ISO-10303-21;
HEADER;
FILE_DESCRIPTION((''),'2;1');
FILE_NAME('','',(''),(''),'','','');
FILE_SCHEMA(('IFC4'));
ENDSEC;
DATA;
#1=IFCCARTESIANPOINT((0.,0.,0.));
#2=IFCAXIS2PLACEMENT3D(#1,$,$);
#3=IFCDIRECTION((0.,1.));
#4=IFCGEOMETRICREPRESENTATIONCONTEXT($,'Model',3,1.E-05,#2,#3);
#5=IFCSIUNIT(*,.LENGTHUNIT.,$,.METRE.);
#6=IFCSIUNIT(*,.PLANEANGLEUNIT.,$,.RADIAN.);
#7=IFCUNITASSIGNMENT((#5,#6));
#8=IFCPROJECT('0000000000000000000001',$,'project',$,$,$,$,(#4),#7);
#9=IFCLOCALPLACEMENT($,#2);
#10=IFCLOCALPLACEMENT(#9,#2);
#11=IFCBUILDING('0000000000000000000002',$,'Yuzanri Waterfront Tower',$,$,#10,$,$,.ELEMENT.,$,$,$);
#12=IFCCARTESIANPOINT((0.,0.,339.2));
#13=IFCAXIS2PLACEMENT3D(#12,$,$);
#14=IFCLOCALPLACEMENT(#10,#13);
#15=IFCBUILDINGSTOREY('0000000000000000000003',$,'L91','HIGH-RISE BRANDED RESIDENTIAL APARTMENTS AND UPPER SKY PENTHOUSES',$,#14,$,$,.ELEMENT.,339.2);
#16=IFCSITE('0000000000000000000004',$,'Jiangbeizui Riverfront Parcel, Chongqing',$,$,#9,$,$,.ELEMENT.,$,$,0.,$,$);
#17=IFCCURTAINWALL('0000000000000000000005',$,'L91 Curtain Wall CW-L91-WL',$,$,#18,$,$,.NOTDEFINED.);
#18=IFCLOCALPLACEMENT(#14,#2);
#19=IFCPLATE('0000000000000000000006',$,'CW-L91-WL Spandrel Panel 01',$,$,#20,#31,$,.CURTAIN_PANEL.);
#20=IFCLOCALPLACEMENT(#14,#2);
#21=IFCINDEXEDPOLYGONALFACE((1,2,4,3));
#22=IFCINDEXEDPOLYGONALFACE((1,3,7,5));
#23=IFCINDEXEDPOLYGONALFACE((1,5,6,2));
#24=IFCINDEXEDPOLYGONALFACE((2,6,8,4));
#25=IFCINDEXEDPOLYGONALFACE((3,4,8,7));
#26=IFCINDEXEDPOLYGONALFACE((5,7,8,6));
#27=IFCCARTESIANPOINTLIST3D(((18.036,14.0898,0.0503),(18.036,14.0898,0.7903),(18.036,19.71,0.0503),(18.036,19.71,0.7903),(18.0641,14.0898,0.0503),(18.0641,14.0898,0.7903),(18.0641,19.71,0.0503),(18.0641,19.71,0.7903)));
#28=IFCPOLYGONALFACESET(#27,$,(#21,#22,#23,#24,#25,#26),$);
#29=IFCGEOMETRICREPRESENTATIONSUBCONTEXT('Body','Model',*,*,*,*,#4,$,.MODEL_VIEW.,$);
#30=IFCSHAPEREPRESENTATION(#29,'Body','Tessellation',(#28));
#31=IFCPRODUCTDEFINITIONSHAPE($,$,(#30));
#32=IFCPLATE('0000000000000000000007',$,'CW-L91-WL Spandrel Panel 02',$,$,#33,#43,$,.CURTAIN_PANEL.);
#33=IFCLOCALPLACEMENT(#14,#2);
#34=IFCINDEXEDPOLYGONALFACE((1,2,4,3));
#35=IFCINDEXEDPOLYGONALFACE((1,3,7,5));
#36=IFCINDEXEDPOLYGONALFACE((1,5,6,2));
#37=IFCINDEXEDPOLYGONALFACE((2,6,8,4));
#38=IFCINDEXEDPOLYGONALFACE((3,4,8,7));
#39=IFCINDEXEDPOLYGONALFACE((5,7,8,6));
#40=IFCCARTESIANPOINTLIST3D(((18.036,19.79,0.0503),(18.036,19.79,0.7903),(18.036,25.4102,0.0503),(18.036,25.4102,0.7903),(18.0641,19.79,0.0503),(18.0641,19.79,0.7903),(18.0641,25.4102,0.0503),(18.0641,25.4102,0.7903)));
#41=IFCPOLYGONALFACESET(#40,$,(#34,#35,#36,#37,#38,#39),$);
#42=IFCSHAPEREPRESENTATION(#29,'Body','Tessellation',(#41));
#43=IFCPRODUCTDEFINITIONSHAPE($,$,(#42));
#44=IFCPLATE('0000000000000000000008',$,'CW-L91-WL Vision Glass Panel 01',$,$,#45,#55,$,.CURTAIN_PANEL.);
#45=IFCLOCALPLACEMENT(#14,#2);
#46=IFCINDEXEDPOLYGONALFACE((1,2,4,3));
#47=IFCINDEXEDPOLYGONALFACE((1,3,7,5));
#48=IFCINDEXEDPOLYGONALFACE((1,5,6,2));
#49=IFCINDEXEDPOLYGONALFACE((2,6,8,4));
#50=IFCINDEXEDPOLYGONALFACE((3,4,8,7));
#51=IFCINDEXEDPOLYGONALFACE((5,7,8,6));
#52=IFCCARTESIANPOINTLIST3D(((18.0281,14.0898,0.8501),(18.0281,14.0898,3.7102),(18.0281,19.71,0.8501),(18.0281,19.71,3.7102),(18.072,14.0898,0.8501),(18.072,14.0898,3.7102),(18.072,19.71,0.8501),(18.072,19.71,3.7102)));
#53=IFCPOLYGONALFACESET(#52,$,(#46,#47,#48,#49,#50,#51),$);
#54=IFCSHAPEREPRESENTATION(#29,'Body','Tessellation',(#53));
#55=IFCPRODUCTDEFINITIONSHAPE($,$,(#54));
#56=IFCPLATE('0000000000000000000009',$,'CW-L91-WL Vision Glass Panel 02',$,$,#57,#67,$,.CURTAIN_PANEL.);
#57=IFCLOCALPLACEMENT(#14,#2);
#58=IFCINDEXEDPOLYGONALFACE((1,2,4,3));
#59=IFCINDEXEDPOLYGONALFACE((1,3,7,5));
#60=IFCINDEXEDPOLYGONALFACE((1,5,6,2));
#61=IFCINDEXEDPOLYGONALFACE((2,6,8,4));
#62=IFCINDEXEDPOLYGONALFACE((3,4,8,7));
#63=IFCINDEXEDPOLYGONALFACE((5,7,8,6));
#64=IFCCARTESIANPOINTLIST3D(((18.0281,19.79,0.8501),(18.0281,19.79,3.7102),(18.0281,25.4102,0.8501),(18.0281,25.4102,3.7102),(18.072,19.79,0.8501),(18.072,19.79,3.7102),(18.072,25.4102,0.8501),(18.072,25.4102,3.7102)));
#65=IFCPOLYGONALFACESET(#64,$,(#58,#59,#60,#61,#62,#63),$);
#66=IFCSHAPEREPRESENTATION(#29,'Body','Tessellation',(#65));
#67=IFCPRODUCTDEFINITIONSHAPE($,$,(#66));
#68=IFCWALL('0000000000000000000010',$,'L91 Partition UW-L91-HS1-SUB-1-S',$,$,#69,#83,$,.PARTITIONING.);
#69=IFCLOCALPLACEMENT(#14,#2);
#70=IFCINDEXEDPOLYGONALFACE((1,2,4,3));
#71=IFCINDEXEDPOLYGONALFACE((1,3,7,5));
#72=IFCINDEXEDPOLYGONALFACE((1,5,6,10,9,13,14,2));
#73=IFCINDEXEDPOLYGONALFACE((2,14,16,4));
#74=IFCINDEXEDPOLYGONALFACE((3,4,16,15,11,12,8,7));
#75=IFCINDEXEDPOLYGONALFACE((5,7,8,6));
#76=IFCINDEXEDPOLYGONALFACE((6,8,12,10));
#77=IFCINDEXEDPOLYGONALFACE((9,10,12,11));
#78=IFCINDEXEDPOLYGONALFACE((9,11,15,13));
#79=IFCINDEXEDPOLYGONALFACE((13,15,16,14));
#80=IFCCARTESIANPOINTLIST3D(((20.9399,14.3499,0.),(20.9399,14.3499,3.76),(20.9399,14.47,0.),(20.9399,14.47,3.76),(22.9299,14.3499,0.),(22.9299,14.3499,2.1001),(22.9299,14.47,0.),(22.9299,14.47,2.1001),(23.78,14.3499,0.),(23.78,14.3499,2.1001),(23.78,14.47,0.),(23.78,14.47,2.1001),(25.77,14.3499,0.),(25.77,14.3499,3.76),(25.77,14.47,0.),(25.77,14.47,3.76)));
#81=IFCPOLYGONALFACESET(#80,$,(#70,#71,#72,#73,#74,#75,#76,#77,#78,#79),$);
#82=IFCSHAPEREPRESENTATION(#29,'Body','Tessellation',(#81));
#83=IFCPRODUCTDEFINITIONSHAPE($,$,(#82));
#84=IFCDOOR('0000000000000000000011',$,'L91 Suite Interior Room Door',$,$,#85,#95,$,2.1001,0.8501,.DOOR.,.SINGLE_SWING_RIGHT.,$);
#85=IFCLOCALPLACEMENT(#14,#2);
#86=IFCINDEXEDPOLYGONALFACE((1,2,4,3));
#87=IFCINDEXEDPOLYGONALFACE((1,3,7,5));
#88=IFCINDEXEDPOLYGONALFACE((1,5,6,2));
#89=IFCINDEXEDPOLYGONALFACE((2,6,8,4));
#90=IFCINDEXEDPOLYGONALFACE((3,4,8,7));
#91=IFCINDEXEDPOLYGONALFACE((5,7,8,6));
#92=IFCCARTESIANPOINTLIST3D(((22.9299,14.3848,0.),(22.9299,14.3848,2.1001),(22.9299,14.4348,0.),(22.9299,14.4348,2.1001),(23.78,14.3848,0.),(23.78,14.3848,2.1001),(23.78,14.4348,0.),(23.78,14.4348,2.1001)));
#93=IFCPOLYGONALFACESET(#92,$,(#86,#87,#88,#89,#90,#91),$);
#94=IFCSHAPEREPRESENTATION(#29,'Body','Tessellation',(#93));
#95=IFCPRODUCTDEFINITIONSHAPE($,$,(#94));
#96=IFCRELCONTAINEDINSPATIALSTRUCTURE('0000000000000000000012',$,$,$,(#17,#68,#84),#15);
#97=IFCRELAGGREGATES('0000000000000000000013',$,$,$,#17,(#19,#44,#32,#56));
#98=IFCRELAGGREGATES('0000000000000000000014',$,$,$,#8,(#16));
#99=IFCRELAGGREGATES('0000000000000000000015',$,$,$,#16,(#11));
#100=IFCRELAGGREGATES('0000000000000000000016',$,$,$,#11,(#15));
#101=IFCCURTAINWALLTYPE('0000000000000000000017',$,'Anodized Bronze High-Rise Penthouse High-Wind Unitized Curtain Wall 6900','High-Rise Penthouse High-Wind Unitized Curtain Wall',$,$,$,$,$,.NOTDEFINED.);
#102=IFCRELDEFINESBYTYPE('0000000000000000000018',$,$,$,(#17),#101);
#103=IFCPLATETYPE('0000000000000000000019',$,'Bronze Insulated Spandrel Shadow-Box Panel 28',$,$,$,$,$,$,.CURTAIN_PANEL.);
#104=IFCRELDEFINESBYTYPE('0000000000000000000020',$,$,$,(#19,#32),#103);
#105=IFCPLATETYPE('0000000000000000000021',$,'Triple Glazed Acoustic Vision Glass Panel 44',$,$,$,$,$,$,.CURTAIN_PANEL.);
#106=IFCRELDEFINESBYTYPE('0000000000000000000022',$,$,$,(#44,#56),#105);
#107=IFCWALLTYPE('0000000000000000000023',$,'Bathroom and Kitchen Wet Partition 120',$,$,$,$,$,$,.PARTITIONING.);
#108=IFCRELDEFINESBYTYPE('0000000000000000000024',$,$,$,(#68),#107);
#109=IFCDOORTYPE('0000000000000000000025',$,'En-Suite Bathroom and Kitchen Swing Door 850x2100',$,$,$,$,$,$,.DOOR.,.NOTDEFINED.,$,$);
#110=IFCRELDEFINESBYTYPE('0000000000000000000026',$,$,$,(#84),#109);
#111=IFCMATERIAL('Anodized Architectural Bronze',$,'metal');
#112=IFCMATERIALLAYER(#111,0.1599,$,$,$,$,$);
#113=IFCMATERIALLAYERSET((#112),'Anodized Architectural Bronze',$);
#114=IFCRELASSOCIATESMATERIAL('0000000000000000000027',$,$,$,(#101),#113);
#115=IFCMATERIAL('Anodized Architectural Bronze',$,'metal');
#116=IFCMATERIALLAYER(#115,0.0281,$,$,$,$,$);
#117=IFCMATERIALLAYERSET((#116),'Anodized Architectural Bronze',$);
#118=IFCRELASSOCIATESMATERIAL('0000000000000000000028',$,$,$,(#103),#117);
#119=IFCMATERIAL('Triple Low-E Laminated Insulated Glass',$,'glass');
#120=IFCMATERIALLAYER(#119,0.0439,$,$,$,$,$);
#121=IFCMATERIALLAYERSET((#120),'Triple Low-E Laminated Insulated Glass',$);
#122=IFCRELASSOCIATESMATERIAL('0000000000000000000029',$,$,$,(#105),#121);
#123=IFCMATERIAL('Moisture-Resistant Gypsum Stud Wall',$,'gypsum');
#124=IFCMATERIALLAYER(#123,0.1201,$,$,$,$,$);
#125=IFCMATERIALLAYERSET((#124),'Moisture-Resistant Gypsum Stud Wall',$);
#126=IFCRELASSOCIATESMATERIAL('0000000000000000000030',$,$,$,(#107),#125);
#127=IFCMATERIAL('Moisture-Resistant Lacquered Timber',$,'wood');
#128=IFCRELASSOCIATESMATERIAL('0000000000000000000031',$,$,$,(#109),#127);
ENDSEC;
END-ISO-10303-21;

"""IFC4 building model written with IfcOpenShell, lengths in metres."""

from ifc_helpers import new_model, si_unit, direction, frame, frame_2d, origin, origin_2d, place, context, subcontext, project, spatial, rectangle, extrude, source, transform, mapped, material, layer, layer_set, type_object, element, fill, aggregate, save


model = new_model("IFC4")

# Units and contexts
model_context = context("Model", 3, precision=1e-05, world=origin(), true_north=direction((0.0, 1.0)))
body_context = subcontext(model_context, "Body", "Model", "MODEL_VIEW")
ifc_project = project(units=[si_unit("LENGTHUNIT", "METRE"), si_unit("PLANEANGLEUNIT", "RADIAN")], contexts=[model_context])

# Site, building, storey
site_placement = place(None, origin())
site = spatial("IfcSite", under=ifc_project, at=site_placement, Name="Jiangbeizui Riverfront Parcel, Chongqing", CompositionType="ELEMENT", RefElevation=0.0)
building_placement = place(site_placement, origin())
building = spatial("IfcBuilding", under=site, at=building_placement, Name="Yuzanri Waterfront Tower", CompositionType="ELEMENT")
storey_placement = place(building_placement, frame((0.0, 0.0, 339.2)))
storey = spatial("IfcBuildingStorey", under=building, at=storey_placement, Name="L91", Description="HIGH-RISE BRANDED RESIDENTIAL APARTMENTS AND UPPER SKY PENTHOUSES", CompositionType="ELEMENT", Elevation=339.2)

# Curtain wall, plates
ifc_material_1 = material(Name="Anodized Architectural Bronze", Category="metal")
ifc_layer_1 = layer(ifc_material_1, 0.1599)
ifc_layer_set_1 = layer_set([ifc_layer_1], Name="Anodized Architectural Bronze")
curtain_wall_type = type_object("IfcCurtainWallType", Name="Anodized Bronze High-Rise Penthouse High-Wind Unitized Curtain Wall 6900", Description="High-Rise Penthouse High-Wind Unitized Curtain Wall", PredefinedType="NOTDEFINED", material=ifc_layer_set_1)
curtain_wall_placement = place(storey_placement, origin())
curtain_wall = element("IfcCurtainWall", 1, at=curtain_wall_placement, inside=storey, type_object=curtain_wall_type, Name="L91 Curtain Wall CW-L91-WL", PredefinedType="NOTDEFINED")
ifc_material_2 = material(Name="Anodized Architectural Bronze", Category="metal")
ifc_layer_2 = layer(ifc_material_2, 0.0281)
ifc_layer_set_2 = layer_set([ifc_layer_2], Name="Anodized Architectural Bronze")
plate_type_1 = type_object("IfcPlateType", Name="Bronze Insulated Spandrel Shadow-Box Panel 28", PredefinedType="CURTAIN_PANEL", material=ifc_layer_set_2)
shared_shape_1 = source(origin(), body_context, "Body", "SweptSolid", [
    extrude(rectangle(XDim=5.6201, YDim=0.0281, at=origin_2d()), origin(), (0.0, 0.0, 1.0), 0.74),
])
plate_1_placement = place(storey_placement, frame((18.05, 16.8999, 0.0503), z_axis=(0.0, 0.0, 1.0), x_axis=(0.0, 1.0, 0.0)))
plate_1 = element("IfcPlate", 2, at=plate_1_placement, type_object=plate_type_1, Name="CW-L91-WL Spandrel Panel 01", PredefinedType="CURTAIN_PANEL", context=body_context, shape_type="MappedRepresentation", body=[
    mapped(shared_shape_1, transform((0.0, 0.0, 0.0), scale=1.0)),
])
plate_2_placement = place(storey_placement, frame((18.05, 22.6001, 0.0503), z_axis=(0.0, 0.0, 1.0), x_axis=(0.0, 1.0, 0.0)))
plate_2 = element("IfcPlate", 3, at=plate_2_placement, type_object=plate_type_1, Name="CW-L91-WL Spandrel Panel 02", PredefinedType="CURTAIN_PANEL", context=body_context, shape_type="MappedRepresentation", body=[
    mapped(shared_shape_1, transform((0.0, 0.0, 0.0), scale=1.0)),
])
ifc_material_3 = material(Name="Triple Low-E Laminated Insulated Glass", Category="glass")
ifc_layer_3 = layer(ifc_material_3, 0.0439)
ifc_layer_set_3 = layer_set([ifc_layer_3], Name="Triple Low-E Laminated Insulated Glass")
plate_type_2 = type_object("IfcPlateType", Name="Triple Glazed Acoustic Vision Glass Panel 44", PredefinedType="CURTAIN_PANEL", material=ifc_layer_set_3)
shared_shape_2 = source(origin(), body_context, "Body", "SweptSolid", [
    extrude(rectangle(XDim=5.6201, YDim=0.0439, at=origin_2d()), origin(), (0.0, 0.0, 1.0), 2.8601),
])
plate_3_placement = place(storey_placement, frame((18.05, 16.8999, 0.8501), z_axis=(0.0, 0.0, 1.0), x_axis=(0.0, 1.0, 0.0)))
plate_3 = element("IfcPlate", 4, at=plate_3_placement, type_object=plate_type_2, Name="CW-L91-WL Vision Glass Panel 01", PredefinedType="CURTAIN_PANEL", context=body_context, shape_type="MappedRepresentation", body=[
    mapped(shared_shape_2, transform((0.0, 0.0, 0.0), scale=1.0)),
])
plate_4_placement = place(storey_placement, frame((18.05, 22.6001, 0.8501), z_axis=(0.0, 0.0, 1.0), x_axis=(0.0, 1.0, 0.0)))
plate_4 = element("IfcPlate", 5, at=plate_4_placement, type_object=plate_type_2, Name="CW-L91-WL Vision Glass Panel 02", PredefinedType="CURTAIN_PANEL", context=body_context, shape_type="MappedRepresentation", body=[
    mapped(shared_shape_2, transform((0.0, 0.0, 0.0), scale=1.0)),
])
aggregate(curtain_wall, [plate_1, plate_3, plate_2, plate_4])

# Wall, opening, door
ifc_material_4 = material(Name="Moisture-Resistant Gypsum Stud Wall", Category="gypsum")
ifc_layer_4 = layer(ifc_material_4, 0.1201)
ifc_layer_set_4 = layer_set([ifc_layer_4], Name="Moisture-Resistant Gypsum Stud Wall")
wall_type_1 = type_object("IfcWallType", Name="Bathroom and Kitchen Wet Partition 120", PredefinedType="PARTITIONING", material=ifc_layer_set_4)
wall_1_placement = place(storey_placement, frame((20.9399, 14.4099, 0.0), z_axis=(0.0, 0.0, 1.0), x_axis=(1.0, 0.0, 0.0)))
wall_1 = element("IfcWall", 6, at=wall_1_placement, inside=storey, type_object=wall_type_1, Name="L91 Partition UW-L91-HS1-SUB-1-S", PredefinedType="PARTITIONING", context=body_context, shape_type="SweptSolid", body=[
    extrude(rectangle(XDim=4.8301, YDim=0.1201, at=frame_2d((2.415, 0.0))), origin(), (0.0, 0.0, 1.0), 3.76),
])
opening_1_placement = place(wall_1_placement, frame((1.99, 0.0, 0.0)))
opening_1 = element("IfcOpeningElement", 7, at=opening_1_placement, cuts=wall_1, PredefinedType="OPENING", context=body_context, shape_type="SweptSolid", body=[
    extrude(rectangle(XDim=0.8501, YDim=2.1001, at=frame_2d((0.425, 1.05))), frame((0.0, 0.075, 0.0), z_axis=(0.0, -1.0, 0.0), x_axis=(1.0, 0.0, 0.0)), (0.0, 0.0, 1.0), 0.1499),
])
ifc_material_5 = material(Name="Moisture-Resistant Lacquered Timber", Category="wood")
door_type_1 = type_object("IfcDoorType", Name="En-Suite Bathroom and Kitchen Swing Door 850x2100", OperationType="NOTDEFINED", PredefinedType="DOOR", material=ifc_material_5)
shared_shape_3 = source(origin(), body_context, "Body", "SweptSolid", [
    extrude(rectangle(XDim=0.8501, YDim=2.1001, at=frame_2d((0.425, 1.05))), frame((0.0, 0.0249, 0.0), z_axis=(0.0, -1.0, 0.0), x_axis=(1.0, 0.0, 0.0)), (0.0, 0.0, 1.0), 0.05),
])
door_1_placement = place(opening_1_placement, origin())
door_1 = element("IfcDoor", 8, at=door_1_placement, inside=storey, type_object=door_type_1, Name="L91 Suite Interior Room Door", OperationType="SINGLE_SWING_RIGHT", OverallHeight=2.1001, OverallWidth=0.8501, PredefinedType="DOOR", context=body_context, shape_type="MappedRepresentation", body=[
    mapped(shared_shape_3, transform((0.0, 0.0, 0.0), scale=1.0)),
])
fill(opening_1, door_1)

save(model, "model.ifc")
